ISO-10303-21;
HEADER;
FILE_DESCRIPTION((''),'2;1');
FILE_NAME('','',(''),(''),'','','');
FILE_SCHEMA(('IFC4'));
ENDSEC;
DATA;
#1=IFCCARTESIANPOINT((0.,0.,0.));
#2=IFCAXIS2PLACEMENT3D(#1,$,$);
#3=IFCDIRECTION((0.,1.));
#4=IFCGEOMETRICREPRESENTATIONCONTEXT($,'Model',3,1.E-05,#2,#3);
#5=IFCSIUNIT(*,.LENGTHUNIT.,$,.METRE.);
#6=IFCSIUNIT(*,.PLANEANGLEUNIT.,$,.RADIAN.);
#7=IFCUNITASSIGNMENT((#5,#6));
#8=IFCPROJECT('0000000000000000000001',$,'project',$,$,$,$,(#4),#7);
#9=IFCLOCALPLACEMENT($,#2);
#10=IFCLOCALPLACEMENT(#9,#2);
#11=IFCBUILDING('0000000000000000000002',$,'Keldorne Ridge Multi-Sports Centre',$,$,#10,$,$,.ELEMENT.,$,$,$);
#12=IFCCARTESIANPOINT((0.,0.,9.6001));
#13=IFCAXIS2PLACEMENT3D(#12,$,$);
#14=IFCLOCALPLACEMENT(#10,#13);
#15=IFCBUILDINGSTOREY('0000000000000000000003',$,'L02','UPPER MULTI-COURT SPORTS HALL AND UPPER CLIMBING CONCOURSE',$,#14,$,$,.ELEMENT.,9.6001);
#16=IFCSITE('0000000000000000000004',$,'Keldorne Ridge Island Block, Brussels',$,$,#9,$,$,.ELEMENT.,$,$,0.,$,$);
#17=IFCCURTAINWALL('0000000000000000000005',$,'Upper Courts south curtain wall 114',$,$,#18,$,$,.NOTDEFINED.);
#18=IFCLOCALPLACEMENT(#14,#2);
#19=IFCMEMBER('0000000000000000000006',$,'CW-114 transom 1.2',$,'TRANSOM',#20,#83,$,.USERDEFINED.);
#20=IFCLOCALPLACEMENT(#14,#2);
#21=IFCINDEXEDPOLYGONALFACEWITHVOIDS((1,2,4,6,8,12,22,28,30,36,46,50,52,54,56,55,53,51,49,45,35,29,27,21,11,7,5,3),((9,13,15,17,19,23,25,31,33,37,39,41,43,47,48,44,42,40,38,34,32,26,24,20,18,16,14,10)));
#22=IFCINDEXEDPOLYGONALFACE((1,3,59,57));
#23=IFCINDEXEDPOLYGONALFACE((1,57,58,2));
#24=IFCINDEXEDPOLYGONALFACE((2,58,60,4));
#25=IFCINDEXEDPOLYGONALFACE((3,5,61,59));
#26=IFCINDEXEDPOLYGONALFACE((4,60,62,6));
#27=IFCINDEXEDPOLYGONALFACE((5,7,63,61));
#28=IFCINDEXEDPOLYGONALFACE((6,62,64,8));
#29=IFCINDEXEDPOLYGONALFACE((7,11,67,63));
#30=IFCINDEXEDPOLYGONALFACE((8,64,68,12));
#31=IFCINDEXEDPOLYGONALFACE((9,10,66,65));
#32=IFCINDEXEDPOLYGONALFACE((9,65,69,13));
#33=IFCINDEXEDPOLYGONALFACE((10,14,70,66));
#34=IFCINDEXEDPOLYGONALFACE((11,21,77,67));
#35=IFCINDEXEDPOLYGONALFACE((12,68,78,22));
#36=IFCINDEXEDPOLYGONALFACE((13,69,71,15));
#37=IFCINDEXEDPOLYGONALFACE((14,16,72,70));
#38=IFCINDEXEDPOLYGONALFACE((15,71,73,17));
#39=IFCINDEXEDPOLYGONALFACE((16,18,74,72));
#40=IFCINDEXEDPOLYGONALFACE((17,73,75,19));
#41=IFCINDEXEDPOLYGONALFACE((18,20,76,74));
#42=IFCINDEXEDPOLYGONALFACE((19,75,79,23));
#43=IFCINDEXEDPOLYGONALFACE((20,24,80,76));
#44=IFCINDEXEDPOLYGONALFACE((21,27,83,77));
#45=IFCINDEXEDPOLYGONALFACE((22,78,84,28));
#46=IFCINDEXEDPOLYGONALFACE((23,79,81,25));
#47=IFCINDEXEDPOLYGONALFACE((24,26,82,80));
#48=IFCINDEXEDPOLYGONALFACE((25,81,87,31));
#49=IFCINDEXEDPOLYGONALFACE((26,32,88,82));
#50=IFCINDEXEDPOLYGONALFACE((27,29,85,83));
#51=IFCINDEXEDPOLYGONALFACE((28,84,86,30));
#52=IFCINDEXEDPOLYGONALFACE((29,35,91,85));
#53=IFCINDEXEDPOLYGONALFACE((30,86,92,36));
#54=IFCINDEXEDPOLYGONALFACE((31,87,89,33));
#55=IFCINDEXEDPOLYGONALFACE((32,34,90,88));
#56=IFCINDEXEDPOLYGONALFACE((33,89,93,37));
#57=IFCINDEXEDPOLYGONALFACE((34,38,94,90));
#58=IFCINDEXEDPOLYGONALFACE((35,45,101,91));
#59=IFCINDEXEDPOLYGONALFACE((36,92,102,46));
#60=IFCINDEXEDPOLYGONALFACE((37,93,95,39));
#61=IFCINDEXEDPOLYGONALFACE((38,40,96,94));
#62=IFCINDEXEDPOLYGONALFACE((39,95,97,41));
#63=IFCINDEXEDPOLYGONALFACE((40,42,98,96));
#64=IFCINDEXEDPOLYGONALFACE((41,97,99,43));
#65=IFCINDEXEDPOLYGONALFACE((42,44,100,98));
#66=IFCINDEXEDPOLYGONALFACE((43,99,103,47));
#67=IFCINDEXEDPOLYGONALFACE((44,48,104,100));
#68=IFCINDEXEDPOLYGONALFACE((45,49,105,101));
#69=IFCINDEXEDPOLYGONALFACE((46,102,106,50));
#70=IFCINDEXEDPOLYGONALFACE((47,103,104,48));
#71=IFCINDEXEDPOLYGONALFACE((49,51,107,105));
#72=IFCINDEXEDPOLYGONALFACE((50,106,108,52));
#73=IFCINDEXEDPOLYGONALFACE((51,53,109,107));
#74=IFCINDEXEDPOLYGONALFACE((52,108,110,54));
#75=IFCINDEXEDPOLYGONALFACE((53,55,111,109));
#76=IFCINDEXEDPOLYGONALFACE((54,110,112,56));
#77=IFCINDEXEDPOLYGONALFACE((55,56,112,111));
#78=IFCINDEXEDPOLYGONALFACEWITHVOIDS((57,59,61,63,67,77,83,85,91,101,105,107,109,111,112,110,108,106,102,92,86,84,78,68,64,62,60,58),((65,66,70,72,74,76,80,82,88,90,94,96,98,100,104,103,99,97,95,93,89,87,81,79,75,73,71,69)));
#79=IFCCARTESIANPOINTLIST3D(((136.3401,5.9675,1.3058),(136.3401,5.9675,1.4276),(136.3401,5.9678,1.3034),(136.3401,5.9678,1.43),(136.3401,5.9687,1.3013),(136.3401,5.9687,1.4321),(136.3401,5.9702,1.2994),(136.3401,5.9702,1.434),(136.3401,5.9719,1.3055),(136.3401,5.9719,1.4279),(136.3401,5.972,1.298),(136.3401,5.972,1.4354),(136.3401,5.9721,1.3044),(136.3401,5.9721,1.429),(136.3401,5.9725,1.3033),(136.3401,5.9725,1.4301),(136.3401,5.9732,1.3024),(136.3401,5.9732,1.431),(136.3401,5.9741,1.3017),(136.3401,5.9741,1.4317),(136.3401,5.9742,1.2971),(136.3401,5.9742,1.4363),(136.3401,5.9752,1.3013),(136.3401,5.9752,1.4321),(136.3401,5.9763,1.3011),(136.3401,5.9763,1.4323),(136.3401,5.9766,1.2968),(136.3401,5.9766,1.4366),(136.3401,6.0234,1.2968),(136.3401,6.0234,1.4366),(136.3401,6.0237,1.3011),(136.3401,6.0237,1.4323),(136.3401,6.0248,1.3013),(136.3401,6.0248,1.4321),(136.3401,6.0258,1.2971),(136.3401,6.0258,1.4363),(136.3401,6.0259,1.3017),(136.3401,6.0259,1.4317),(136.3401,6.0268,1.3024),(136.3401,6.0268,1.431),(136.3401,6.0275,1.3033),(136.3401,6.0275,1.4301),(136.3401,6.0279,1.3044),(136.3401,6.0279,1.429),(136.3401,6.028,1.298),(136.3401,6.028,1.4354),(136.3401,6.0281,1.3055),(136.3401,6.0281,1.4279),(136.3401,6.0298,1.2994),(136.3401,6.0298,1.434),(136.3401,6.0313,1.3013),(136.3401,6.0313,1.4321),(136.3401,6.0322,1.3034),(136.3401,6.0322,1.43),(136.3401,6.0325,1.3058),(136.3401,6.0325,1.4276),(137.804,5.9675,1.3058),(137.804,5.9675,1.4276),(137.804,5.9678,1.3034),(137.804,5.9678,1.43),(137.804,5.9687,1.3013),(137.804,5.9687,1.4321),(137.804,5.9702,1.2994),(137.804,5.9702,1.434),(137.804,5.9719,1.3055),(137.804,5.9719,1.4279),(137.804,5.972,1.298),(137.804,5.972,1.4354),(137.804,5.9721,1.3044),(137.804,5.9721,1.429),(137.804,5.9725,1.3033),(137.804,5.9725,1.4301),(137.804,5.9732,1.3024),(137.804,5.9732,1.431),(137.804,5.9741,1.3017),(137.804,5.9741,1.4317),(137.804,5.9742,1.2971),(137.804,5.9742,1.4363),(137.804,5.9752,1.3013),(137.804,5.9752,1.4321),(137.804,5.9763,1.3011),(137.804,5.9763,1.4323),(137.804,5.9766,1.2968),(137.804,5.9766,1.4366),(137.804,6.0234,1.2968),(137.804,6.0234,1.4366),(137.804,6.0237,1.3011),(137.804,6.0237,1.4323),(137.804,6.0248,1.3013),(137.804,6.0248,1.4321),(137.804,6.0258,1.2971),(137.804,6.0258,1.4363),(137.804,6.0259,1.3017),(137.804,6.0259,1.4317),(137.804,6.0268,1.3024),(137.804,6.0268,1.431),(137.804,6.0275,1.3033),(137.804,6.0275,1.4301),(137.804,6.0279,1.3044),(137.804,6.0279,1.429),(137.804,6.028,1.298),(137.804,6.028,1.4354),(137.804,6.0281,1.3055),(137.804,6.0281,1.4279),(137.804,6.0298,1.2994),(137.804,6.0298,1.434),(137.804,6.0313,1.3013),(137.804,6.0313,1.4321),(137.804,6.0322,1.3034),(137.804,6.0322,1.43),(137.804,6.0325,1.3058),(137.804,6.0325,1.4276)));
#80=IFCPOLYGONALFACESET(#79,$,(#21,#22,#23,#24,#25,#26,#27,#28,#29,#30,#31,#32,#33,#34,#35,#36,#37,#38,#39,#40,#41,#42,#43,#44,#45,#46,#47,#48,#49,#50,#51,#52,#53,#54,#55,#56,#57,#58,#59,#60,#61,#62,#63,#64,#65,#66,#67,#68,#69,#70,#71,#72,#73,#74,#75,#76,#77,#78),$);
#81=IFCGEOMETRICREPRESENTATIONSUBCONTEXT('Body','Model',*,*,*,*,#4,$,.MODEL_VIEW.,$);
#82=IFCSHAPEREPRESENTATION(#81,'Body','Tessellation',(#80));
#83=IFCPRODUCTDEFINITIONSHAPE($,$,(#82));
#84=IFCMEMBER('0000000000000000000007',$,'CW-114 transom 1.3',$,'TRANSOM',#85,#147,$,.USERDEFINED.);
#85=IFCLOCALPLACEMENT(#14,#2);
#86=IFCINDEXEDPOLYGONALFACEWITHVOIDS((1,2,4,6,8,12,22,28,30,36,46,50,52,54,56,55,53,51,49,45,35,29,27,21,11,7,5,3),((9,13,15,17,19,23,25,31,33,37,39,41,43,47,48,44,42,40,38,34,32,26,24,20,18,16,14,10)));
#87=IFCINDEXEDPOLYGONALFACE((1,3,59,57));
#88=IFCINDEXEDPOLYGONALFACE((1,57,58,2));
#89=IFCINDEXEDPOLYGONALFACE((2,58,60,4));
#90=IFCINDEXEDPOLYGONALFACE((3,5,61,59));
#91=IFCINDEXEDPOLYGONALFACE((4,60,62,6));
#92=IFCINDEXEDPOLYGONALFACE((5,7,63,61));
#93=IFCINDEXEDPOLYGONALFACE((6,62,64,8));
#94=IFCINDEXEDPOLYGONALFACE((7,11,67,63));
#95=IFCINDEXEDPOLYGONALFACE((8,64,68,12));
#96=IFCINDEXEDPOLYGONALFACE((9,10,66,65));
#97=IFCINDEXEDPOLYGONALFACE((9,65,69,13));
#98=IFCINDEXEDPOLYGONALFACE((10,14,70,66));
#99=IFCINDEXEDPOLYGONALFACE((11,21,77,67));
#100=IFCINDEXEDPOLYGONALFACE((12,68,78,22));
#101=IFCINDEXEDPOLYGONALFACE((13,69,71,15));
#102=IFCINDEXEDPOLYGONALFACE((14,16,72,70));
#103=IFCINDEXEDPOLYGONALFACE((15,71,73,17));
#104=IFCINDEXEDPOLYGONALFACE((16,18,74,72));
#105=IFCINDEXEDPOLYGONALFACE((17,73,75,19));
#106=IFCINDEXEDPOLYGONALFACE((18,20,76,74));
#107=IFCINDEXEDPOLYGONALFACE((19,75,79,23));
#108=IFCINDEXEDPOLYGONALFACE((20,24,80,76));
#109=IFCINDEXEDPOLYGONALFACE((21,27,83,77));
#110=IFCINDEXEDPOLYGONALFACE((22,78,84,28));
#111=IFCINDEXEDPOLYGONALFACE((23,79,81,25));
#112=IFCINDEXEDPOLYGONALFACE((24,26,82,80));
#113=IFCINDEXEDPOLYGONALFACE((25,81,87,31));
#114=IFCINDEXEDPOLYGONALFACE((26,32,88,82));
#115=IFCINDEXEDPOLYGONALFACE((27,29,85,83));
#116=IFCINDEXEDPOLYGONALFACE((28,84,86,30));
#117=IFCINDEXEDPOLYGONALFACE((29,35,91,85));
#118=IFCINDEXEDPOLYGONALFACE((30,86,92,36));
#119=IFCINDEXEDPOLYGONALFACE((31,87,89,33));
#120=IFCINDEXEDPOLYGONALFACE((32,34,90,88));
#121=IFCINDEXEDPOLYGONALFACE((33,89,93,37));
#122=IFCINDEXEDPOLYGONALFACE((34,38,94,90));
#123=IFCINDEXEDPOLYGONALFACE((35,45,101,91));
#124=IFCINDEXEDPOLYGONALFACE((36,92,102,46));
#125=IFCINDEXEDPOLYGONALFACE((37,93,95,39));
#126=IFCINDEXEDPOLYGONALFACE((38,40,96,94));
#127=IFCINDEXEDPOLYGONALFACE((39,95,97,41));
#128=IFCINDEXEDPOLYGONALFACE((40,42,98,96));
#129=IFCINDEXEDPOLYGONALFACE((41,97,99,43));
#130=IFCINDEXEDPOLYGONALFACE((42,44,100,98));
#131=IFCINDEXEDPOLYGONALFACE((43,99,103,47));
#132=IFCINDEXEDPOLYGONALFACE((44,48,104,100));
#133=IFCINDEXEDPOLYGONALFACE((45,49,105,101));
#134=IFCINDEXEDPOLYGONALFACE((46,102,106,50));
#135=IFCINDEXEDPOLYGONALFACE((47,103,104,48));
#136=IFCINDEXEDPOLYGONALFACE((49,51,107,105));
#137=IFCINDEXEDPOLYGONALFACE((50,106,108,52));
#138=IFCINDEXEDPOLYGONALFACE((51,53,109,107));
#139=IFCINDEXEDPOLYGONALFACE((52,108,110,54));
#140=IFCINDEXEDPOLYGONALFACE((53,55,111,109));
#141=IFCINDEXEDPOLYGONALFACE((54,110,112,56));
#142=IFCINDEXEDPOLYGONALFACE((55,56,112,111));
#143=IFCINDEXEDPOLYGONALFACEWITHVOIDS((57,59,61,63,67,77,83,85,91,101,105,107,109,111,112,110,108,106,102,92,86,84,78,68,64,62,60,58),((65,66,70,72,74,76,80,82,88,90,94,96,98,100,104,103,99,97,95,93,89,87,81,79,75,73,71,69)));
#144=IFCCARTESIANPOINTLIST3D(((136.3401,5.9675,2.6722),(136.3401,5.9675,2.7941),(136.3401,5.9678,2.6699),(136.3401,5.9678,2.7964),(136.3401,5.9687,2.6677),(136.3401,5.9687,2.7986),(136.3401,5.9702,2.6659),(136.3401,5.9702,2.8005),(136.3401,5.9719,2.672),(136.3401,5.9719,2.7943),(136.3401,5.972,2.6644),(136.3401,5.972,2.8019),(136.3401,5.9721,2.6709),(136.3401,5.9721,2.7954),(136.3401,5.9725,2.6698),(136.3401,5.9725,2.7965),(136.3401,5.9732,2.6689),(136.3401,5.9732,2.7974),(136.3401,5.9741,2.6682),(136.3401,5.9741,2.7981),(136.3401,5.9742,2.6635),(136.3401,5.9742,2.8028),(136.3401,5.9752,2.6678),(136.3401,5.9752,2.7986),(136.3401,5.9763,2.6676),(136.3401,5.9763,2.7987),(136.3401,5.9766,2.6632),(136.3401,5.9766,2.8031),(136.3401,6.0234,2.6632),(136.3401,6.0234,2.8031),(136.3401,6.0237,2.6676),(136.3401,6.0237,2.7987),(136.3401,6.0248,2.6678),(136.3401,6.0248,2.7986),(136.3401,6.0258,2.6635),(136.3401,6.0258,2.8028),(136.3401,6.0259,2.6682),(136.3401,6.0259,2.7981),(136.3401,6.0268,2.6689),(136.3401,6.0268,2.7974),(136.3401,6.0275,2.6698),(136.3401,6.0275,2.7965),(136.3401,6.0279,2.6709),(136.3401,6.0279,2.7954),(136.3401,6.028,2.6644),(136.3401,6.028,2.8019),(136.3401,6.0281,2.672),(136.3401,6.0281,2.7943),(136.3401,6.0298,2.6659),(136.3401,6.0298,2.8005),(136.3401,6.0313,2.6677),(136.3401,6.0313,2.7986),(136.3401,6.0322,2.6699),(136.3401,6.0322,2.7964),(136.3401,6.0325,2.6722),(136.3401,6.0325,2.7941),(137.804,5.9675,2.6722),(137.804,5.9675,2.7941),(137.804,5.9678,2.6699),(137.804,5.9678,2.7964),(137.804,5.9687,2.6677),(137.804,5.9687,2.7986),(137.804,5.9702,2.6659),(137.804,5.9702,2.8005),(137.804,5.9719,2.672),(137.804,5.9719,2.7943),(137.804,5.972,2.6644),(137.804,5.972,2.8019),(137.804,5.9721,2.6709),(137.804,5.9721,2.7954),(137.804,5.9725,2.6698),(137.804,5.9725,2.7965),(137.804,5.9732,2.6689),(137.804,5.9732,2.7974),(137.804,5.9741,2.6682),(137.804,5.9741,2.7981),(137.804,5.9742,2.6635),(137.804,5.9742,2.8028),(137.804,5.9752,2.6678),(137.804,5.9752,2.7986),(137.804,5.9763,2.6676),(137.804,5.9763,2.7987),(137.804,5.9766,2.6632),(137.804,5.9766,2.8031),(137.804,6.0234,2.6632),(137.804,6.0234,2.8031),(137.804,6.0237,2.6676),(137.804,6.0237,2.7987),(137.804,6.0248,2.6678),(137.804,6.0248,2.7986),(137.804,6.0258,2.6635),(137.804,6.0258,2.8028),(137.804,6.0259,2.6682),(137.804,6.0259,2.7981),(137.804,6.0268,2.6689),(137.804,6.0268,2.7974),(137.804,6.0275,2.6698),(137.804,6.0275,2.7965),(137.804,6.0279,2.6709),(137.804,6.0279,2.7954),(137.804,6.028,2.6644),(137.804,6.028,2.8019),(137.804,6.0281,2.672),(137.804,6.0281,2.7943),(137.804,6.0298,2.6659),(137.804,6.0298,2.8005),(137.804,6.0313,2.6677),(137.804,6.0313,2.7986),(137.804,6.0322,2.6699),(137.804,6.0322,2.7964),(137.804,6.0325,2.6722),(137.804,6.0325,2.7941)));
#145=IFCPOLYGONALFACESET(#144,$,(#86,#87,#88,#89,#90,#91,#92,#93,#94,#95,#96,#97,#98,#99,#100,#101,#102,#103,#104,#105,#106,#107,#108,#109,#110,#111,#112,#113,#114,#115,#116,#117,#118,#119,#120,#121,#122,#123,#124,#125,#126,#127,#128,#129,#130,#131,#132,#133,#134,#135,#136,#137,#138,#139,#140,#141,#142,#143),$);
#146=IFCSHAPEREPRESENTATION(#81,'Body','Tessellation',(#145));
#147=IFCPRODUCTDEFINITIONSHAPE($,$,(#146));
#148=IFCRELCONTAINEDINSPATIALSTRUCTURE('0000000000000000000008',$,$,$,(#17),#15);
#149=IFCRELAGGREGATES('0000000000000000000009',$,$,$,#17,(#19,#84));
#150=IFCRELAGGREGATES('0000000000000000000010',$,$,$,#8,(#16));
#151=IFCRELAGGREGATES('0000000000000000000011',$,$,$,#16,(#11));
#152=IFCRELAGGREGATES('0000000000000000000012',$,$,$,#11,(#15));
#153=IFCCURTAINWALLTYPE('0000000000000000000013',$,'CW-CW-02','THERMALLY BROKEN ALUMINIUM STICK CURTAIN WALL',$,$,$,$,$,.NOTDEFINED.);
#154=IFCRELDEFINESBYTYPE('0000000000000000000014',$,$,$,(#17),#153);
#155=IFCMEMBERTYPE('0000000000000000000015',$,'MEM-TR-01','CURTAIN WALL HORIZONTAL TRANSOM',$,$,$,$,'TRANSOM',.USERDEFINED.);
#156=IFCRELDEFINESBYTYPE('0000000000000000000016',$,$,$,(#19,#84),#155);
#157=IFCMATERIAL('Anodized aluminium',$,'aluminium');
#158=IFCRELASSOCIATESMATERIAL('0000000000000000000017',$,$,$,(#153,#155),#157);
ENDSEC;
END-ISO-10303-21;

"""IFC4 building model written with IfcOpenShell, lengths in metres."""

from ifc_helpers import new_model, si_unit, direction, frame, origin, origin_2d, place, context, subcontext, project, spatial, hollow_rectangle, extrude, material, material_profile, profile_set, type_object, element, aggregate, save


model = new_model("IFC4")

# Units and contexts
model_context = context("Model", 3, precision=1e-05, world=origin(), true_north=direction((0.0, 1.0)))
body_context = subcontext(model_context, "Body", "Model", "MODEL_VIEW")
ifc_project = project(units=[si_unit("LENGTHUNIT", "METRE"), si_unit("PLANEANGLEUNIT", "RADIAN")], contexts=[model_context])

# Site, building, storey
site_placement = place(None, origin())
site = spatial("IfcSite", under=ifc_project, at=site_placement, Name="Keldorne Ridge Island Block, Brussels", CompositionType="ELEMENT", RefElevation=0.0)
building_placement = place(site_placement, origin())
building = spatial("IfcBuilding", under=site, at=building_placement, Name="Keldorne Ridge Multi-Sports Centre", CompositionType="ELEMENT")
storey_placement = place(building_placement, frame((0.0, 0.0, 9.6001)))
storey = spatial("IfcBuildingStorey", under=building, at=storey_placement, Name="L02", Description="UPPER MULTI-COURT SPORTS HALL AND UPPER CLIMBING CONCOURSE", CompositionType="ELEMENT", Elevation=9.6001)

# Curtain wall
ifc_material_1 = material(Name="Anodized aluminium", Category="aluminium")
curtain_wall_type_1 = type_object("IfcCurtainWallType", Name="CW-CW-02", Description="THERMALLY BROKEN ALUMINIUM STICK CURTAIN WALL", PredefinedType="NOTDEFINED", material=ifc_material_1)
curtain_wall_1_placement = place(storey_placement, origin())
curtain_wall_1 = element("IfcCurtainWall", 1, at=curtain_wall_1_placement, inside=storey, type_object=curtain_wall_type_1, Name="Upper Courts south curtain wall 114", PredefinedType="NOTDEFINED")

# Members
ifc_material_profile_1 = material_profile(ifc_material_1, hollow_rectangle(XDim=0.0649, YDim=0.1399, WallThickness=0.0044, InnerFilletRadius=0.0044, OuterFilletRadius=0.009, at=origin_2d()), Name="ALU TRANSOM 140x65x4.5")
ifc_profile_set_1 = profile_set([ifc_material_profile_1], Name="Anodized aluminium")
member_type_1 = type_object("IfcMemberType", Name="MEM-TR-01", Description="CURTAIN WALL HORIZONTAL TRANSOM", ElementType="TRANSOM", PredefinedType="USERDEFINED", material=ifc_profile_set_1)
member_1_placement = place(storey_placement, frame((136.3401, 6.0, 1.3667), z_axis=(1.0, 0.0, 0.0), x_axis=(0.0, 1.0, 0.0)))
member_1 = element("IfcMember", 2, at=member_1_placement, type_object=member_type_1, Name="CW-114 transom 1.2", ObjectType="TRANSOM", PredefinedType="USERDEFINED", context=body_context, shape_type="SweptSolid", body=[
    extrude(hollow_rectangle(XDim=0.0649, YDim=0.1399, WallThickness=0.0044, InnerFilletRadius=0.0044, OuterFilletRadius=0.009, at=origin_2d()), origin(), (0.0, 0.0, 1.0), 1.4639),
])
member_2_placement = place(storey_placement, frame((136.3401, 6.0, 2.7332), z_axis=(1.0, 0.0, 0.0), x_axis=(0.0, 1.0, 0.0)))
member_2 = element("IfcMember", 3, at=member_2_placement, type_object=member_type_1, Name="CW-114 transom 1.3", ObjectType="TRANSOM", PredefinedType="USERDEFINED", context=body_context, shape_type="SweptSolid", body=[
    extrude(hollow_rectangle(XDim=0.0649, YDim=0.1399, WallThickness=0.0044, InnerFilletRadius=0.0044, OuterFilletRadius=0.009, at=origin_2d()), origin(), (0.0, 0.0, 1.0), 1.4639),
])

aggregate(curtain_wall_1, [member_1, member_2])

save(model, "model.ifc")
